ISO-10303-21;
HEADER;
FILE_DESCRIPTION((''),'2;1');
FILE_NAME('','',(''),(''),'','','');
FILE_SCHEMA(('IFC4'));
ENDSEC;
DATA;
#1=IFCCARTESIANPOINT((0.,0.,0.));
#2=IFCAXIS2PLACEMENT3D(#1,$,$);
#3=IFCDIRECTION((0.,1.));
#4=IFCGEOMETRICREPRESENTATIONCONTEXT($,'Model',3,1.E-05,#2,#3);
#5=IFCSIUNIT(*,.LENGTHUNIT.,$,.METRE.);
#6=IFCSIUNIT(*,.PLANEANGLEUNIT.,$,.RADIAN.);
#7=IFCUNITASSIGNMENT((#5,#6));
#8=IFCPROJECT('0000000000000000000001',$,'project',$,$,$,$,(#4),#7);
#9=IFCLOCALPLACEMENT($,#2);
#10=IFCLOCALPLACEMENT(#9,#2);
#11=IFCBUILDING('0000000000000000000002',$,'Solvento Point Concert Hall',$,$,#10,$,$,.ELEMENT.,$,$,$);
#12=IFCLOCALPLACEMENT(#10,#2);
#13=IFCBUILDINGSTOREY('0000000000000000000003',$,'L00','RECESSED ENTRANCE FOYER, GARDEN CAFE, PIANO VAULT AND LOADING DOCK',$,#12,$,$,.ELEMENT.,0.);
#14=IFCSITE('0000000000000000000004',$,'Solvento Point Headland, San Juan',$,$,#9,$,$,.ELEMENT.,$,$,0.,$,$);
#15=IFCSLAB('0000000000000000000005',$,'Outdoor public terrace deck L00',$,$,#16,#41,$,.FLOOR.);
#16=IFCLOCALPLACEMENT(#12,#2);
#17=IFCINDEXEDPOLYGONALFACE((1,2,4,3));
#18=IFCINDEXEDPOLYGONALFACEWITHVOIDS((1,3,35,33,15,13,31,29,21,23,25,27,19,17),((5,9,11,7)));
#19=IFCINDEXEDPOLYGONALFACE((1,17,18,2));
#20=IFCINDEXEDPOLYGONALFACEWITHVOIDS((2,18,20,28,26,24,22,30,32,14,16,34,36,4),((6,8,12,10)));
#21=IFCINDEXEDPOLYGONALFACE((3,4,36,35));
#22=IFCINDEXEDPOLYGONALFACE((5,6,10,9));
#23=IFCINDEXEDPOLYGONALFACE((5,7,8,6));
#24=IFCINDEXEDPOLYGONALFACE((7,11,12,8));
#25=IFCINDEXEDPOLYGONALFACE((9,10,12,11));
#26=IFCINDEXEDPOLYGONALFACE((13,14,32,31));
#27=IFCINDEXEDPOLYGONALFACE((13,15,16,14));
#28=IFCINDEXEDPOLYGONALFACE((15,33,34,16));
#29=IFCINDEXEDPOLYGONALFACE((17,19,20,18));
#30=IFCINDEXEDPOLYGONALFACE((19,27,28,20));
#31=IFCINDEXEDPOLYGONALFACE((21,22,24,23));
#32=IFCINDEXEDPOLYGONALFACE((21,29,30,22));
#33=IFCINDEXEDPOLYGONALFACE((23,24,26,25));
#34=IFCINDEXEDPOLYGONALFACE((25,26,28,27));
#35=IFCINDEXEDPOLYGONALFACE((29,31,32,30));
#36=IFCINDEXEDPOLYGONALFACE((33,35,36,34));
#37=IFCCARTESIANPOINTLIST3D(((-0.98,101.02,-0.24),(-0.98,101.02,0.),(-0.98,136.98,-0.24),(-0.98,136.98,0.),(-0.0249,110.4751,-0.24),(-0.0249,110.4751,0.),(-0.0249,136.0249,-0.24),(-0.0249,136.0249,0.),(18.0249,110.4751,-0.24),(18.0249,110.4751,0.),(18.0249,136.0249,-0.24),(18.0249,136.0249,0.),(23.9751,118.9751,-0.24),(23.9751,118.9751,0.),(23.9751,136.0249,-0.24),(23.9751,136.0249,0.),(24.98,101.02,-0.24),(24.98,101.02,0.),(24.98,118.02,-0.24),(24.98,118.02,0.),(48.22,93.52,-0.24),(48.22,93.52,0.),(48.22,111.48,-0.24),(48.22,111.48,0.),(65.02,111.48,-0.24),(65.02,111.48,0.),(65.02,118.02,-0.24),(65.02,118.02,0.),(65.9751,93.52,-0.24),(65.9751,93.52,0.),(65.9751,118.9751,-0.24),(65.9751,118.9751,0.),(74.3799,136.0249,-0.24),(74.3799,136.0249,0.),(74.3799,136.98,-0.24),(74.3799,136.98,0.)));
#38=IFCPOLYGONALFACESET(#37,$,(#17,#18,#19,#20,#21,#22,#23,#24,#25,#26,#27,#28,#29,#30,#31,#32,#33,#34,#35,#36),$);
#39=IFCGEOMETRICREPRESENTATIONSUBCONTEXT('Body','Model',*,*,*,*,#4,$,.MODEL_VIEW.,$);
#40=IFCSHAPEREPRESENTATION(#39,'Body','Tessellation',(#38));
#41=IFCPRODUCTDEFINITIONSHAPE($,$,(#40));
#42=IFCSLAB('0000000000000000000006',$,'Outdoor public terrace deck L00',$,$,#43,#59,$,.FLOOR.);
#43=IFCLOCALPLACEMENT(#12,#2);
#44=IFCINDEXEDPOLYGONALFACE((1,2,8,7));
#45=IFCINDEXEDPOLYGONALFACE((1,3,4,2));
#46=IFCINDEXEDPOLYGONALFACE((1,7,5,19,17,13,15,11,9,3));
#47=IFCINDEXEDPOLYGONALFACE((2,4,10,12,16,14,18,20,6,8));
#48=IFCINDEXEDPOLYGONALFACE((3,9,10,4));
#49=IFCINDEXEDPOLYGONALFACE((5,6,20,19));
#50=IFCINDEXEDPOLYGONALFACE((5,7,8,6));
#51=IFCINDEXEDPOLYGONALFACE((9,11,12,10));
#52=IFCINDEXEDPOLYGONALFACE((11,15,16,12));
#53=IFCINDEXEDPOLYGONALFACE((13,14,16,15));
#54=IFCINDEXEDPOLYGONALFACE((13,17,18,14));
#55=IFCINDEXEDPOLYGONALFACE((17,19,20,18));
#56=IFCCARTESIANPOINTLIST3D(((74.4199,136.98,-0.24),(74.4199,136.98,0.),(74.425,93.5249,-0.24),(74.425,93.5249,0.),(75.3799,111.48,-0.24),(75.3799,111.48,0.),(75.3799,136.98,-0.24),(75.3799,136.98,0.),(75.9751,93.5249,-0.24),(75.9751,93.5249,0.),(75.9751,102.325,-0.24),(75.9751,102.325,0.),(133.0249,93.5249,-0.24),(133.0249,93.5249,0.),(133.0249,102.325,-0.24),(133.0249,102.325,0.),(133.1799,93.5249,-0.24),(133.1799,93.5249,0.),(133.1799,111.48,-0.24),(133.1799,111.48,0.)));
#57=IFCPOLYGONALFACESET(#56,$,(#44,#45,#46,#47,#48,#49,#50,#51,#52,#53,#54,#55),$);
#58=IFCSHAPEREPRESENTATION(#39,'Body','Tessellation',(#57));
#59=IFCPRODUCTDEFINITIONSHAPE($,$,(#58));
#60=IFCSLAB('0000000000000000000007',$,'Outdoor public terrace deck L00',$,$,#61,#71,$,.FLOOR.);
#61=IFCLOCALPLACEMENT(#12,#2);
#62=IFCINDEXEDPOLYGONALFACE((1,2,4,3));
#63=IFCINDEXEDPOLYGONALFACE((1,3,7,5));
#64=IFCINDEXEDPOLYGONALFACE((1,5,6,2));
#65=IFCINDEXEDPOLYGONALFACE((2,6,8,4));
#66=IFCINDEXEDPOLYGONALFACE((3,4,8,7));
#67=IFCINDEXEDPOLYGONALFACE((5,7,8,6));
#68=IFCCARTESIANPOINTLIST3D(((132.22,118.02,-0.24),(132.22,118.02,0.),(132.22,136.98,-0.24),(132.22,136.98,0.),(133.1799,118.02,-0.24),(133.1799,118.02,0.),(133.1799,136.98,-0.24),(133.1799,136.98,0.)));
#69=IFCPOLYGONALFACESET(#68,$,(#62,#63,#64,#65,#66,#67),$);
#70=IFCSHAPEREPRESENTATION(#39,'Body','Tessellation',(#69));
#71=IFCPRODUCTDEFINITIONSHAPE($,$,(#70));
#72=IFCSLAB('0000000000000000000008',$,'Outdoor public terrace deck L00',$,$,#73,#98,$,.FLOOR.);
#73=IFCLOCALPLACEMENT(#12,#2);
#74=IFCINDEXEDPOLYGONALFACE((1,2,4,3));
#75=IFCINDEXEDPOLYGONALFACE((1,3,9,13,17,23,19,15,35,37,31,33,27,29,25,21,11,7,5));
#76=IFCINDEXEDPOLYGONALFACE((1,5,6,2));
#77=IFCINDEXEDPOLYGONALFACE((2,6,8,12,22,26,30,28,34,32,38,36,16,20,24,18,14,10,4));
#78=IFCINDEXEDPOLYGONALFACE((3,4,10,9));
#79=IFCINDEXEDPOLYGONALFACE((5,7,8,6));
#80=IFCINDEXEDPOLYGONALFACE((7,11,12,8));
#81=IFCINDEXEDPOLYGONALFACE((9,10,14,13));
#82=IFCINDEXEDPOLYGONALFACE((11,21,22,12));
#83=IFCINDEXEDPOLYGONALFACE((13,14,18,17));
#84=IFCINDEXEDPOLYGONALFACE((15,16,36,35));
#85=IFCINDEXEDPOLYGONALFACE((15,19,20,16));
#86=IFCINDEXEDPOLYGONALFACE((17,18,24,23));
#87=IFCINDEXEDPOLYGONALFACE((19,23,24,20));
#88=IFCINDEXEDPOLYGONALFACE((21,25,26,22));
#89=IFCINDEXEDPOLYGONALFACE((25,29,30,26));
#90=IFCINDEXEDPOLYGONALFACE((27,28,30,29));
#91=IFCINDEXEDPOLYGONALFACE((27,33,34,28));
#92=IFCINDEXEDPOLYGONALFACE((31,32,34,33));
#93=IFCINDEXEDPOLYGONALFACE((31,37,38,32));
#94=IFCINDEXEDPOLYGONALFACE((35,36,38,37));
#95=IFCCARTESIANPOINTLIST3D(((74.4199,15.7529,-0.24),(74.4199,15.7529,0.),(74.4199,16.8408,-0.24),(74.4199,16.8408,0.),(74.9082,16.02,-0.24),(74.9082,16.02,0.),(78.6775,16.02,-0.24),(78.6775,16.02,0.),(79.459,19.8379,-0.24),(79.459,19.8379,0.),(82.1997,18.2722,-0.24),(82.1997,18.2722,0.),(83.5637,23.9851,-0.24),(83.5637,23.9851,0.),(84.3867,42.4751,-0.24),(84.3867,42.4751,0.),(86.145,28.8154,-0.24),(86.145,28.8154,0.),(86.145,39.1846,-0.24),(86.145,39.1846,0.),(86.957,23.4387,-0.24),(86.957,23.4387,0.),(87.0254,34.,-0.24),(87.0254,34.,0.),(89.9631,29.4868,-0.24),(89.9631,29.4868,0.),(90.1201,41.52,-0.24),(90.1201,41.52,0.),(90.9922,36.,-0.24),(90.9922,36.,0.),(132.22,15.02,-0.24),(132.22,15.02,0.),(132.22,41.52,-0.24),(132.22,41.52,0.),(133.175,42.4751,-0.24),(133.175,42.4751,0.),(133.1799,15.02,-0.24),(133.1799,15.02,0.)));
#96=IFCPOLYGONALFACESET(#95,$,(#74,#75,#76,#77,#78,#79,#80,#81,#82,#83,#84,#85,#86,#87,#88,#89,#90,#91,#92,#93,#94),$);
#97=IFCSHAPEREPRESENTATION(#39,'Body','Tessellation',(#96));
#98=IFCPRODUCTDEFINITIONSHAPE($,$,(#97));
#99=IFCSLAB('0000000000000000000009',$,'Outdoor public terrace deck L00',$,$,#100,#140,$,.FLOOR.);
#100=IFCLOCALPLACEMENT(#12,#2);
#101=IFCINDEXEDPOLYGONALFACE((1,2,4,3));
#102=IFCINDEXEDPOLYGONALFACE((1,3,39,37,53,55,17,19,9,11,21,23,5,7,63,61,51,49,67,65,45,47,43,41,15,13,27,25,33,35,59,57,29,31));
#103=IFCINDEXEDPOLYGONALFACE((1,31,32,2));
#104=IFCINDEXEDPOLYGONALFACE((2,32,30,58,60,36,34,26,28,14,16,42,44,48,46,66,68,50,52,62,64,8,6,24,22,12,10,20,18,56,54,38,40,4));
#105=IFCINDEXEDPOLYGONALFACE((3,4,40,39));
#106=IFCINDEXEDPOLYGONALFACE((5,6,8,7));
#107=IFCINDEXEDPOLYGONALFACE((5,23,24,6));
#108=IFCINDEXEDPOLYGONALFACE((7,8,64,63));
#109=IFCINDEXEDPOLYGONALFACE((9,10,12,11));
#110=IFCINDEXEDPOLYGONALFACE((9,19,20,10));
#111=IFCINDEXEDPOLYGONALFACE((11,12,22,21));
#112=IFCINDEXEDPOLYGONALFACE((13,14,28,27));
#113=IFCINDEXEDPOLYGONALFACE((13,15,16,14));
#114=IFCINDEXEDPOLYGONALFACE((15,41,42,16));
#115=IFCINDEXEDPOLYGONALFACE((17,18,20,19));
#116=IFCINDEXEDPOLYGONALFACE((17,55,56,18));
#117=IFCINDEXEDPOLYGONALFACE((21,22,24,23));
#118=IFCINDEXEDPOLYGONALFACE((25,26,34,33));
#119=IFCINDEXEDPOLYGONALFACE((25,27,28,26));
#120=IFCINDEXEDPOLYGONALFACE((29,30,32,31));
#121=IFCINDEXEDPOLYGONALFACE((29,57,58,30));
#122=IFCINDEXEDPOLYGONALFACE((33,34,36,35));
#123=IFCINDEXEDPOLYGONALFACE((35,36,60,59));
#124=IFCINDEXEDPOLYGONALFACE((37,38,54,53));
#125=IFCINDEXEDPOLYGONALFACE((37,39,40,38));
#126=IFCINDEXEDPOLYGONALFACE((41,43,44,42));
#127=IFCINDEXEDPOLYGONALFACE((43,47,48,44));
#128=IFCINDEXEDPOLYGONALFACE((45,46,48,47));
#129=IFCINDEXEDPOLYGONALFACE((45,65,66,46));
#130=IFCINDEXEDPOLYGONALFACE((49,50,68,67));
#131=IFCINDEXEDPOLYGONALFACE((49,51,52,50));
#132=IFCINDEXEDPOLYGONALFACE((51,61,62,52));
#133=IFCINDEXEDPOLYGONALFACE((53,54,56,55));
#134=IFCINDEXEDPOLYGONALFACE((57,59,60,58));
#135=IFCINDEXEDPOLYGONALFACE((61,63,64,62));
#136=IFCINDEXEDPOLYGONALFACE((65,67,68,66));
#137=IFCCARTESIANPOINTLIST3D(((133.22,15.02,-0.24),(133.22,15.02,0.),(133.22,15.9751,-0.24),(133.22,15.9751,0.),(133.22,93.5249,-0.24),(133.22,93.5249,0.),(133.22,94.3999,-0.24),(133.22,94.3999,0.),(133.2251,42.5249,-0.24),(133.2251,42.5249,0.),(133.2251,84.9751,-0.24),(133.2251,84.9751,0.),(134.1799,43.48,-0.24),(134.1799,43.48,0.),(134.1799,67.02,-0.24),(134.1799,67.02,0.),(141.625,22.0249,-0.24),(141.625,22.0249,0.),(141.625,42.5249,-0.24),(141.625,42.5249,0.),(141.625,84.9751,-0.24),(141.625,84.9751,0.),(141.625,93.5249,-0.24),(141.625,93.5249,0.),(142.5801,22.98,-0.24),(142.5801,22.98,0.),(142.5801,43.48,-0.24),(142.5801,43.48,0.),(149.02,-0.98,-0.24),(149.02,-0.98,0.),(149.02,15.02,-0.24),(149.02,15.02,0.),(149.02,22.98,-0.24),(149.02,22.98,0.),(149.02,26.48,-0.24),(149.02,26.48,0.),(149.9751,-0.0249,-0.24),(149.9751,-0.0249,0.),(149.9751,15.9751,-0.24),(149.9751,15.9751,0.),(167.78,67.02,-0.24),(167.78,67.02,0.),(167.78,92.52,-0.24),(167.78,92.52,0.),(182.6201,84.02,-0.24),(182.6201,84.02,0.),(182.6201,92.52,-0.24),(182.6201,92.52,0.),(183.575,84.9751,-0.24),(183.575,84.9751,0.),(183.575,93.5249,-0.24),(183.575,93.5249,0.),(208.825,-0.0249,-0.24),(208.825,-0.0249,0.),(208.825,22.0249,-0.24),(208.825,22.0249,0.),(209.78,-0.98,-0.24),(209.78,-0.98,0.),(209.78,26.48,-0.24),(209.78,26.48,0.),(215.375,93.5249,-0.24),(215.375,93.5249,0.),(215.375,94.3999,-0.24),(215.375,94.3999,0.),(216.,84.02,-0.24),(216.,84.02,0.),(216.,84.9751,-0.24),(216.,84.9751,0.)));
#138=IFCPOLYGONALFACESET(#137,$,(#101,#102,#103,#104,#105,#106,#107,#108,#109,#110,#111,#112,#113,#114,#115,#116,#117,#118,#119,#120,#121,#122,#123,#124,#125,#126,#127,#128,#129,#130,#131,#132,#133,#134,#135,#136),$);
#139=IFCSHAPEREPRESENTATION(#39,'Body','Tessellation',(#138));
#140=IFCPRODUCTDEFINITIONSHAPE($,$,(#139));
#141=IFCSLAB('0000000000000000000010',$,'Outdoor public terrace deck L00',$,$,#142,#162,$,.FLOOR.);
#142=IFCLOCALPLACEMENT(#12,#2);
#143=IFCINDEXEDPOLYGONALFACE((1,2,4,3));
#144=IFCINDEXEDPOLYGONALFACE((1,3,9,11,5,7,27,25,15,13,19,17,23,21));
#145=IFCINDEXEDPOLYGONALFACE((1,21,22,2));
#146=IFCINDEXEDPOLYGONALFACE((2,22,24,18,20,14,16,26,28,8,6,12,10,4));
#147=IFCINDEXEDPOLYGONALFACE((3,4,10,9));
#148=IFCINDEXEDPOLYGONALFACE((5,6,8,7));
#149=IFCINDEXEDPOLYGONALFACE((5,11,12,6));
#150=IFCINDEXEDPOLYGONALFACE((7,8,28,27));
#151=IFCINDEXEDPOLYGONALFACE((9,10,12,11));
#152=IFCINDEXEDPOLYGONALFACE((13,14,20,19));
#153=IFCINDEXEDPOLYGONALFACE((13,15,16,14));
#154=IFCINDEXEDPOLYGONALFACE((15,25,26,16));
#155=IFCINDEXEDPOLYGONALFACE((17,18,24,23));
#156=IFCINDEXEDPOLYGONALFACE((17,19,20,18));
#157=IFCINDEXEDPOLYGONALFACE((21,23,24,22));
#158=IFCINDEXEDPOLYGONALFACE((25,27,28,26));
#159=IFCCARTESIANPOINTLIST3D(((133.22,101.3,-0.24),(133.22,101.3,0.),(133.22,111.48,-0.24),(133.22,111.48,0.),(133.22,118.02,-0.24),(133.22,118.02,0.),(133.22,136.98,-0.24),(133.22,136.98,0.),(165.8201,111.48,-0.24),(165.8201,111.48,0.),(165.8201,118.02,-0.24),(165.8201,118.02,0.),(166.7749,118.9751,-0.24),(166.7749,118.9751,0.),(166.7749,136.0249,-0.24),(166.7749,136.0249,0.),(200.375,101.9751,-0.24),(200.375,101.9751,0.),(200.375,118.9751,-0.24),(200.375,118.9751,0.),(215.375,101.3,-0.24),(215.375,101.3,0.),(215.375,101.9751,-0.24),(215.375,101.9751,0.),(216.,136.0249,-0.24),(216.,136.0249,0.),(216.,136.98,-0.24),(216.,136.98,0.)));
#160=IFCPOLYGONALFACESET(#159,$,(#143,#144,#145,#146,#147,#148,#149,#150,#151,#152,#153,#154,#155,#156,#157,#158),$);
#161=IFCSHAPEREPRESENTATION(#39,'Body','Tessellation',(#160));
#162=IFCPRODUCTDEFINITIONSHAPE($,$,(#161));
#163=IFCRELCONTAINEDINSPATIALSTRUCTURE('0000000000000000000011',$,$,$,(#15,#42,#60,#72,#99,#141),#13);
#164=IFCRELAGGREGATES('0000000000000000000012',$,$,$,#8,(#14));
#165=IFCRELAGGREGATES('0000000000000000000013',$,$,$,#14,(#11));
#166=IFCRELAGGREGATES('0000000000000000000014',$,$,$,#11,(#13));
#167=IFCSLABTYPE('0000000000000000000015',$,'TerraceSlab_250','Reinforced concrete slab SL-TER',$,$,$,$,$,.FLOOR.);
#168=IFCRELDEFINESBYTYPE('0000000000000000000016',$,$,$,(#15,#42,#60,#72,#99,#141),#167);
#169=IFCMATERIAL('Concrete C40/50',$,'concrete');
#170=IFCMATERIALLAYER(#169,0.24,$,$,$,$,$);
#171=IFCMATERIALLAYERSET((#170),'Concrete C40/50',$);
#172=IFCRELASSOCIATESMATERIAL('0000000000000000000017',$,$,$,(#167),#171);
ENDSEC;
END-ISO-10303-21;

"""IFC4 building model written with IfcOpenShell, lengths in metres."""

from ifc_helpers import new_model, si_unit, direction, frame, origin, place, context, subcontext, project, spatial, polyline, outline, extrude, material, layer, layer_set, type_object, element, save


model = new_model("IFC4")

# Units and contexts
model_context = context("Model", 3, precision=1e-05, world=origin(), true_north=direction((0.0, 1.0)))
body_context = subcontext(model_context, "Body", "Model", "MODEL_VIEW")
ifc_project = project(units=[si_unit("LENGTHUNIT", "METRE"), si_unit("PLANEANGLEUNIT", "RADIAN")], contexts=[model_context])

# Site, building, storey
site_placement = place(None, origin())
site = spatial("IfcSite", under=ifc_project, at=site_placement, Name="Solvento Point Headland, San Juan", CompositionType="ELEMENT", RefElevation=0.0)
building_placement = place(site_placement, origin())
building = spatial("IfcBuilding", under=site, at=building_placement, Name="Solvento Point Concert Hall", CompositionType="ELEMENT")
storey_placement = place(building_placement, origin())
storey = spatial("IfcBuildingStorey", under=building, at=storey_placement, Name="L00", Description="RECESSED ENTRANCE FOYER, GARDEN CAFE, PIANO VAULT AND LOADING DOCK", CompositionType="ELEMENT", Elevation=0.0)

# Slabs
ifc_material_1 = material(Name="Concrete C40/50", Category="concrete")
ifc_layer_1 = layer(ifc_material_1, 0.24)
ifc_layer_set_1 = layer_set([ifc_layer_1], Name="Concrete C40/50")
slab_type_1 = type_object("IfcSlabType", Name="TerraceSlab_250", Description="Reinforced concrete slab SL-TER", PredefinedType="FLOOR", material=ifc_layer_set_1)
slab_1_placement = place(storey_placement, frame((0.0, 0.0, -0.24)))
element("IfcSlab", 1, at=slab_1_placement, inside=storey, type_object=slab_type_1, Name="Outdoor public terrace deck L00", PredefinedType="FLOOR", context=body_context, shape_type="SweptSolid", body=[
    extrude(outline(polyline([(65.02, 111.48), (65.02, 118.02), (24.98, 118.02), (24.98, 101.02), (-0.98, 101.02), (-0.98, 136.98), (74.3799, 136.98), (74.3799, 136.0249), (23.9751, 136.0249), (23.9751, 118.9751), (65.9751, 118.9751), (65.9751, 93.52), (48.22, 93.52), (48.22, 111.48), (65.02, 111.48)]), holes=[polyline([(18.0249, 110.4751), (18.0249, 136.0249), (-0.0249, 136.0249), (-0.0249, 110.4751), (18.0249, 110.4751)])]), origin(), (0.0, 0.0, 1.0), 0.24),
])
slab_2_placement = place(storey_placement, frame((0.0, 0.0, -0.24)))
element("IfcSlab", 2, at=slab_2_placement, inside=storey, type_object=slab_type_1, Name="Outdoor public terrace deck L00", PredefinedType="FLOOR", context=body_context, shape_type="SweptSolid", body=[
    extrude(outline(polyline([(74.425, 93.5249), (74.4199, 136.98), (75.3799, 136.98), (75.3799, 111.48), (133.1799, 111.48), (133.1799, 93.5249), (133.0249, 93.5249), (133.0249, 102.325), (75.9751, 102.325), (75.9751, 93.5249), (74.425, 93.5249)])), origin(), (0.0, 0.0, 1.0), 0.24),
])
slab_3_placement = place(storey_placement, frame((0.0, 0.0, -0.24)))
element("IfcSlab", 3, at=slab_3_placement, inside=storey, type_object=slab_type_1, Name="Outdoor public terrace deck L00", PredefinedType="FLOOR", context=body_context, shape_type="SweptSolid", body=[
    extrude(outline(polyline([(132.22, 136.98), (133.1799, 136.98), (133.1799, 118.02), (132.22, 118.02), (132.22, 136.98)])), origin(), (0.0, 0.0, 1.0), 0.24),
])
slab_4_placement = place(storey_placement, frame((0.0, 0.0, -0.24)))
element("IfcSlab", 4, at=slab_4_placement, inside=storey, type_object=slab_type_1, Name="Outdoor public terrace deck L00", PredefinedType="FLOOR", context=body_context, shape_type="SweptSolid", body=[
    extrude(outline(polyline([(133.175, 42.4751), (133.1799, 15.02), (132.22, 15.02), (132.22, 41.52), (90.1201, 41.52), (90.9922, 36.0), (89.9631, 29.4868), (86.957, 23.4387), (82.1997, 18.2722), (78.6775, 16.02), (74.9082, 16.02), (74.4199, 15.7529), (74.4199, 16.8408), (79.459, 19.8379), (83.5637, 23.9851), (86.145, 28.8154), (87.0254, 34.0), (86.145, 39.1846), (84.3867, 42.4751), (133.175, 42.4751)])), origin(), (0.0, 0.0, 1.0), 0.24),
])
slab_5_placement = place(storey_placement, frame((0.0, 0.0, -0.24)))
element("IfcSlab", 5, at=slab_5_placement, inside=storey, type_object=slab_type_1, Name="Outdoor public terrace deck L00", PredefinedType="FLOOR", context=body_context, shape_type="SweptSolid", body=[
    extrude(outline(polyline([(182.6201, 84.02), (182.6201, 92.52), (167.78, 92.52), (167.78, 67.02), (134.1799, 67.02), (134.1799, 43.48), (142.5801, 43.48), (142.5801, 22.98), (149.02, 22.98), (149.02, 26.48), (209.78, 26.48), (209.78, -0.98), (149.02, -0.98), (149.02, 15.02), (133.22, 15.02), (133.22, 15.9751), (149.9751, 15.9751), (149.9751, -0.0249), (208.825, -0.0249), (208.825, 22.0249), (141.625, 22.0249), (141.625, 42.5249), (133.2251, 42.5249), (133.2251, 84.9751), (141.625, 84.9751), (141.625, 93.5249), (133.22, 93.5249), (133.22, 94.3999), (215.375, 94.3999), (215.375, 93.5249), (183.575, 93.5249), (183.575, 84.9751), (216.0, 84.9751), (216.0, 84.02), (182.6201, 84.02)])), origin(), (0.0, 0.0, 1.0), 0.24),
])
slab_6_placement = place(storey_placement, frame((0.0, 0.0, -0.24)))
element("IfcSlab", 6, at=slab_6_placement, inside=storey, type_object=slab_type_1, Name="Outdoor public terrace deck L00", PredefinedType="FLOOR", context=body_context, shape_type="SweptSolid", body=[
    extrude(outline(polyline([(165.8201, 118.02), (133.22, 118.02), (133.22, 136.98), (216.0, 136.98), (216.0, 136.0249), (166.7749, 136.0249), (166.7749, 118.9751), (200.375, 118.9751), (200.375, 101.9751), (215.375, 101.9751), (215.375, 101.3), (133.22, 101.3), (133.22, 111.48), (165.8201, 111.48), (165.8201, 118.02)])), origin(), (0.0, 0.0, 1.0), 0.24),
])

save(model, "model.ifc")
